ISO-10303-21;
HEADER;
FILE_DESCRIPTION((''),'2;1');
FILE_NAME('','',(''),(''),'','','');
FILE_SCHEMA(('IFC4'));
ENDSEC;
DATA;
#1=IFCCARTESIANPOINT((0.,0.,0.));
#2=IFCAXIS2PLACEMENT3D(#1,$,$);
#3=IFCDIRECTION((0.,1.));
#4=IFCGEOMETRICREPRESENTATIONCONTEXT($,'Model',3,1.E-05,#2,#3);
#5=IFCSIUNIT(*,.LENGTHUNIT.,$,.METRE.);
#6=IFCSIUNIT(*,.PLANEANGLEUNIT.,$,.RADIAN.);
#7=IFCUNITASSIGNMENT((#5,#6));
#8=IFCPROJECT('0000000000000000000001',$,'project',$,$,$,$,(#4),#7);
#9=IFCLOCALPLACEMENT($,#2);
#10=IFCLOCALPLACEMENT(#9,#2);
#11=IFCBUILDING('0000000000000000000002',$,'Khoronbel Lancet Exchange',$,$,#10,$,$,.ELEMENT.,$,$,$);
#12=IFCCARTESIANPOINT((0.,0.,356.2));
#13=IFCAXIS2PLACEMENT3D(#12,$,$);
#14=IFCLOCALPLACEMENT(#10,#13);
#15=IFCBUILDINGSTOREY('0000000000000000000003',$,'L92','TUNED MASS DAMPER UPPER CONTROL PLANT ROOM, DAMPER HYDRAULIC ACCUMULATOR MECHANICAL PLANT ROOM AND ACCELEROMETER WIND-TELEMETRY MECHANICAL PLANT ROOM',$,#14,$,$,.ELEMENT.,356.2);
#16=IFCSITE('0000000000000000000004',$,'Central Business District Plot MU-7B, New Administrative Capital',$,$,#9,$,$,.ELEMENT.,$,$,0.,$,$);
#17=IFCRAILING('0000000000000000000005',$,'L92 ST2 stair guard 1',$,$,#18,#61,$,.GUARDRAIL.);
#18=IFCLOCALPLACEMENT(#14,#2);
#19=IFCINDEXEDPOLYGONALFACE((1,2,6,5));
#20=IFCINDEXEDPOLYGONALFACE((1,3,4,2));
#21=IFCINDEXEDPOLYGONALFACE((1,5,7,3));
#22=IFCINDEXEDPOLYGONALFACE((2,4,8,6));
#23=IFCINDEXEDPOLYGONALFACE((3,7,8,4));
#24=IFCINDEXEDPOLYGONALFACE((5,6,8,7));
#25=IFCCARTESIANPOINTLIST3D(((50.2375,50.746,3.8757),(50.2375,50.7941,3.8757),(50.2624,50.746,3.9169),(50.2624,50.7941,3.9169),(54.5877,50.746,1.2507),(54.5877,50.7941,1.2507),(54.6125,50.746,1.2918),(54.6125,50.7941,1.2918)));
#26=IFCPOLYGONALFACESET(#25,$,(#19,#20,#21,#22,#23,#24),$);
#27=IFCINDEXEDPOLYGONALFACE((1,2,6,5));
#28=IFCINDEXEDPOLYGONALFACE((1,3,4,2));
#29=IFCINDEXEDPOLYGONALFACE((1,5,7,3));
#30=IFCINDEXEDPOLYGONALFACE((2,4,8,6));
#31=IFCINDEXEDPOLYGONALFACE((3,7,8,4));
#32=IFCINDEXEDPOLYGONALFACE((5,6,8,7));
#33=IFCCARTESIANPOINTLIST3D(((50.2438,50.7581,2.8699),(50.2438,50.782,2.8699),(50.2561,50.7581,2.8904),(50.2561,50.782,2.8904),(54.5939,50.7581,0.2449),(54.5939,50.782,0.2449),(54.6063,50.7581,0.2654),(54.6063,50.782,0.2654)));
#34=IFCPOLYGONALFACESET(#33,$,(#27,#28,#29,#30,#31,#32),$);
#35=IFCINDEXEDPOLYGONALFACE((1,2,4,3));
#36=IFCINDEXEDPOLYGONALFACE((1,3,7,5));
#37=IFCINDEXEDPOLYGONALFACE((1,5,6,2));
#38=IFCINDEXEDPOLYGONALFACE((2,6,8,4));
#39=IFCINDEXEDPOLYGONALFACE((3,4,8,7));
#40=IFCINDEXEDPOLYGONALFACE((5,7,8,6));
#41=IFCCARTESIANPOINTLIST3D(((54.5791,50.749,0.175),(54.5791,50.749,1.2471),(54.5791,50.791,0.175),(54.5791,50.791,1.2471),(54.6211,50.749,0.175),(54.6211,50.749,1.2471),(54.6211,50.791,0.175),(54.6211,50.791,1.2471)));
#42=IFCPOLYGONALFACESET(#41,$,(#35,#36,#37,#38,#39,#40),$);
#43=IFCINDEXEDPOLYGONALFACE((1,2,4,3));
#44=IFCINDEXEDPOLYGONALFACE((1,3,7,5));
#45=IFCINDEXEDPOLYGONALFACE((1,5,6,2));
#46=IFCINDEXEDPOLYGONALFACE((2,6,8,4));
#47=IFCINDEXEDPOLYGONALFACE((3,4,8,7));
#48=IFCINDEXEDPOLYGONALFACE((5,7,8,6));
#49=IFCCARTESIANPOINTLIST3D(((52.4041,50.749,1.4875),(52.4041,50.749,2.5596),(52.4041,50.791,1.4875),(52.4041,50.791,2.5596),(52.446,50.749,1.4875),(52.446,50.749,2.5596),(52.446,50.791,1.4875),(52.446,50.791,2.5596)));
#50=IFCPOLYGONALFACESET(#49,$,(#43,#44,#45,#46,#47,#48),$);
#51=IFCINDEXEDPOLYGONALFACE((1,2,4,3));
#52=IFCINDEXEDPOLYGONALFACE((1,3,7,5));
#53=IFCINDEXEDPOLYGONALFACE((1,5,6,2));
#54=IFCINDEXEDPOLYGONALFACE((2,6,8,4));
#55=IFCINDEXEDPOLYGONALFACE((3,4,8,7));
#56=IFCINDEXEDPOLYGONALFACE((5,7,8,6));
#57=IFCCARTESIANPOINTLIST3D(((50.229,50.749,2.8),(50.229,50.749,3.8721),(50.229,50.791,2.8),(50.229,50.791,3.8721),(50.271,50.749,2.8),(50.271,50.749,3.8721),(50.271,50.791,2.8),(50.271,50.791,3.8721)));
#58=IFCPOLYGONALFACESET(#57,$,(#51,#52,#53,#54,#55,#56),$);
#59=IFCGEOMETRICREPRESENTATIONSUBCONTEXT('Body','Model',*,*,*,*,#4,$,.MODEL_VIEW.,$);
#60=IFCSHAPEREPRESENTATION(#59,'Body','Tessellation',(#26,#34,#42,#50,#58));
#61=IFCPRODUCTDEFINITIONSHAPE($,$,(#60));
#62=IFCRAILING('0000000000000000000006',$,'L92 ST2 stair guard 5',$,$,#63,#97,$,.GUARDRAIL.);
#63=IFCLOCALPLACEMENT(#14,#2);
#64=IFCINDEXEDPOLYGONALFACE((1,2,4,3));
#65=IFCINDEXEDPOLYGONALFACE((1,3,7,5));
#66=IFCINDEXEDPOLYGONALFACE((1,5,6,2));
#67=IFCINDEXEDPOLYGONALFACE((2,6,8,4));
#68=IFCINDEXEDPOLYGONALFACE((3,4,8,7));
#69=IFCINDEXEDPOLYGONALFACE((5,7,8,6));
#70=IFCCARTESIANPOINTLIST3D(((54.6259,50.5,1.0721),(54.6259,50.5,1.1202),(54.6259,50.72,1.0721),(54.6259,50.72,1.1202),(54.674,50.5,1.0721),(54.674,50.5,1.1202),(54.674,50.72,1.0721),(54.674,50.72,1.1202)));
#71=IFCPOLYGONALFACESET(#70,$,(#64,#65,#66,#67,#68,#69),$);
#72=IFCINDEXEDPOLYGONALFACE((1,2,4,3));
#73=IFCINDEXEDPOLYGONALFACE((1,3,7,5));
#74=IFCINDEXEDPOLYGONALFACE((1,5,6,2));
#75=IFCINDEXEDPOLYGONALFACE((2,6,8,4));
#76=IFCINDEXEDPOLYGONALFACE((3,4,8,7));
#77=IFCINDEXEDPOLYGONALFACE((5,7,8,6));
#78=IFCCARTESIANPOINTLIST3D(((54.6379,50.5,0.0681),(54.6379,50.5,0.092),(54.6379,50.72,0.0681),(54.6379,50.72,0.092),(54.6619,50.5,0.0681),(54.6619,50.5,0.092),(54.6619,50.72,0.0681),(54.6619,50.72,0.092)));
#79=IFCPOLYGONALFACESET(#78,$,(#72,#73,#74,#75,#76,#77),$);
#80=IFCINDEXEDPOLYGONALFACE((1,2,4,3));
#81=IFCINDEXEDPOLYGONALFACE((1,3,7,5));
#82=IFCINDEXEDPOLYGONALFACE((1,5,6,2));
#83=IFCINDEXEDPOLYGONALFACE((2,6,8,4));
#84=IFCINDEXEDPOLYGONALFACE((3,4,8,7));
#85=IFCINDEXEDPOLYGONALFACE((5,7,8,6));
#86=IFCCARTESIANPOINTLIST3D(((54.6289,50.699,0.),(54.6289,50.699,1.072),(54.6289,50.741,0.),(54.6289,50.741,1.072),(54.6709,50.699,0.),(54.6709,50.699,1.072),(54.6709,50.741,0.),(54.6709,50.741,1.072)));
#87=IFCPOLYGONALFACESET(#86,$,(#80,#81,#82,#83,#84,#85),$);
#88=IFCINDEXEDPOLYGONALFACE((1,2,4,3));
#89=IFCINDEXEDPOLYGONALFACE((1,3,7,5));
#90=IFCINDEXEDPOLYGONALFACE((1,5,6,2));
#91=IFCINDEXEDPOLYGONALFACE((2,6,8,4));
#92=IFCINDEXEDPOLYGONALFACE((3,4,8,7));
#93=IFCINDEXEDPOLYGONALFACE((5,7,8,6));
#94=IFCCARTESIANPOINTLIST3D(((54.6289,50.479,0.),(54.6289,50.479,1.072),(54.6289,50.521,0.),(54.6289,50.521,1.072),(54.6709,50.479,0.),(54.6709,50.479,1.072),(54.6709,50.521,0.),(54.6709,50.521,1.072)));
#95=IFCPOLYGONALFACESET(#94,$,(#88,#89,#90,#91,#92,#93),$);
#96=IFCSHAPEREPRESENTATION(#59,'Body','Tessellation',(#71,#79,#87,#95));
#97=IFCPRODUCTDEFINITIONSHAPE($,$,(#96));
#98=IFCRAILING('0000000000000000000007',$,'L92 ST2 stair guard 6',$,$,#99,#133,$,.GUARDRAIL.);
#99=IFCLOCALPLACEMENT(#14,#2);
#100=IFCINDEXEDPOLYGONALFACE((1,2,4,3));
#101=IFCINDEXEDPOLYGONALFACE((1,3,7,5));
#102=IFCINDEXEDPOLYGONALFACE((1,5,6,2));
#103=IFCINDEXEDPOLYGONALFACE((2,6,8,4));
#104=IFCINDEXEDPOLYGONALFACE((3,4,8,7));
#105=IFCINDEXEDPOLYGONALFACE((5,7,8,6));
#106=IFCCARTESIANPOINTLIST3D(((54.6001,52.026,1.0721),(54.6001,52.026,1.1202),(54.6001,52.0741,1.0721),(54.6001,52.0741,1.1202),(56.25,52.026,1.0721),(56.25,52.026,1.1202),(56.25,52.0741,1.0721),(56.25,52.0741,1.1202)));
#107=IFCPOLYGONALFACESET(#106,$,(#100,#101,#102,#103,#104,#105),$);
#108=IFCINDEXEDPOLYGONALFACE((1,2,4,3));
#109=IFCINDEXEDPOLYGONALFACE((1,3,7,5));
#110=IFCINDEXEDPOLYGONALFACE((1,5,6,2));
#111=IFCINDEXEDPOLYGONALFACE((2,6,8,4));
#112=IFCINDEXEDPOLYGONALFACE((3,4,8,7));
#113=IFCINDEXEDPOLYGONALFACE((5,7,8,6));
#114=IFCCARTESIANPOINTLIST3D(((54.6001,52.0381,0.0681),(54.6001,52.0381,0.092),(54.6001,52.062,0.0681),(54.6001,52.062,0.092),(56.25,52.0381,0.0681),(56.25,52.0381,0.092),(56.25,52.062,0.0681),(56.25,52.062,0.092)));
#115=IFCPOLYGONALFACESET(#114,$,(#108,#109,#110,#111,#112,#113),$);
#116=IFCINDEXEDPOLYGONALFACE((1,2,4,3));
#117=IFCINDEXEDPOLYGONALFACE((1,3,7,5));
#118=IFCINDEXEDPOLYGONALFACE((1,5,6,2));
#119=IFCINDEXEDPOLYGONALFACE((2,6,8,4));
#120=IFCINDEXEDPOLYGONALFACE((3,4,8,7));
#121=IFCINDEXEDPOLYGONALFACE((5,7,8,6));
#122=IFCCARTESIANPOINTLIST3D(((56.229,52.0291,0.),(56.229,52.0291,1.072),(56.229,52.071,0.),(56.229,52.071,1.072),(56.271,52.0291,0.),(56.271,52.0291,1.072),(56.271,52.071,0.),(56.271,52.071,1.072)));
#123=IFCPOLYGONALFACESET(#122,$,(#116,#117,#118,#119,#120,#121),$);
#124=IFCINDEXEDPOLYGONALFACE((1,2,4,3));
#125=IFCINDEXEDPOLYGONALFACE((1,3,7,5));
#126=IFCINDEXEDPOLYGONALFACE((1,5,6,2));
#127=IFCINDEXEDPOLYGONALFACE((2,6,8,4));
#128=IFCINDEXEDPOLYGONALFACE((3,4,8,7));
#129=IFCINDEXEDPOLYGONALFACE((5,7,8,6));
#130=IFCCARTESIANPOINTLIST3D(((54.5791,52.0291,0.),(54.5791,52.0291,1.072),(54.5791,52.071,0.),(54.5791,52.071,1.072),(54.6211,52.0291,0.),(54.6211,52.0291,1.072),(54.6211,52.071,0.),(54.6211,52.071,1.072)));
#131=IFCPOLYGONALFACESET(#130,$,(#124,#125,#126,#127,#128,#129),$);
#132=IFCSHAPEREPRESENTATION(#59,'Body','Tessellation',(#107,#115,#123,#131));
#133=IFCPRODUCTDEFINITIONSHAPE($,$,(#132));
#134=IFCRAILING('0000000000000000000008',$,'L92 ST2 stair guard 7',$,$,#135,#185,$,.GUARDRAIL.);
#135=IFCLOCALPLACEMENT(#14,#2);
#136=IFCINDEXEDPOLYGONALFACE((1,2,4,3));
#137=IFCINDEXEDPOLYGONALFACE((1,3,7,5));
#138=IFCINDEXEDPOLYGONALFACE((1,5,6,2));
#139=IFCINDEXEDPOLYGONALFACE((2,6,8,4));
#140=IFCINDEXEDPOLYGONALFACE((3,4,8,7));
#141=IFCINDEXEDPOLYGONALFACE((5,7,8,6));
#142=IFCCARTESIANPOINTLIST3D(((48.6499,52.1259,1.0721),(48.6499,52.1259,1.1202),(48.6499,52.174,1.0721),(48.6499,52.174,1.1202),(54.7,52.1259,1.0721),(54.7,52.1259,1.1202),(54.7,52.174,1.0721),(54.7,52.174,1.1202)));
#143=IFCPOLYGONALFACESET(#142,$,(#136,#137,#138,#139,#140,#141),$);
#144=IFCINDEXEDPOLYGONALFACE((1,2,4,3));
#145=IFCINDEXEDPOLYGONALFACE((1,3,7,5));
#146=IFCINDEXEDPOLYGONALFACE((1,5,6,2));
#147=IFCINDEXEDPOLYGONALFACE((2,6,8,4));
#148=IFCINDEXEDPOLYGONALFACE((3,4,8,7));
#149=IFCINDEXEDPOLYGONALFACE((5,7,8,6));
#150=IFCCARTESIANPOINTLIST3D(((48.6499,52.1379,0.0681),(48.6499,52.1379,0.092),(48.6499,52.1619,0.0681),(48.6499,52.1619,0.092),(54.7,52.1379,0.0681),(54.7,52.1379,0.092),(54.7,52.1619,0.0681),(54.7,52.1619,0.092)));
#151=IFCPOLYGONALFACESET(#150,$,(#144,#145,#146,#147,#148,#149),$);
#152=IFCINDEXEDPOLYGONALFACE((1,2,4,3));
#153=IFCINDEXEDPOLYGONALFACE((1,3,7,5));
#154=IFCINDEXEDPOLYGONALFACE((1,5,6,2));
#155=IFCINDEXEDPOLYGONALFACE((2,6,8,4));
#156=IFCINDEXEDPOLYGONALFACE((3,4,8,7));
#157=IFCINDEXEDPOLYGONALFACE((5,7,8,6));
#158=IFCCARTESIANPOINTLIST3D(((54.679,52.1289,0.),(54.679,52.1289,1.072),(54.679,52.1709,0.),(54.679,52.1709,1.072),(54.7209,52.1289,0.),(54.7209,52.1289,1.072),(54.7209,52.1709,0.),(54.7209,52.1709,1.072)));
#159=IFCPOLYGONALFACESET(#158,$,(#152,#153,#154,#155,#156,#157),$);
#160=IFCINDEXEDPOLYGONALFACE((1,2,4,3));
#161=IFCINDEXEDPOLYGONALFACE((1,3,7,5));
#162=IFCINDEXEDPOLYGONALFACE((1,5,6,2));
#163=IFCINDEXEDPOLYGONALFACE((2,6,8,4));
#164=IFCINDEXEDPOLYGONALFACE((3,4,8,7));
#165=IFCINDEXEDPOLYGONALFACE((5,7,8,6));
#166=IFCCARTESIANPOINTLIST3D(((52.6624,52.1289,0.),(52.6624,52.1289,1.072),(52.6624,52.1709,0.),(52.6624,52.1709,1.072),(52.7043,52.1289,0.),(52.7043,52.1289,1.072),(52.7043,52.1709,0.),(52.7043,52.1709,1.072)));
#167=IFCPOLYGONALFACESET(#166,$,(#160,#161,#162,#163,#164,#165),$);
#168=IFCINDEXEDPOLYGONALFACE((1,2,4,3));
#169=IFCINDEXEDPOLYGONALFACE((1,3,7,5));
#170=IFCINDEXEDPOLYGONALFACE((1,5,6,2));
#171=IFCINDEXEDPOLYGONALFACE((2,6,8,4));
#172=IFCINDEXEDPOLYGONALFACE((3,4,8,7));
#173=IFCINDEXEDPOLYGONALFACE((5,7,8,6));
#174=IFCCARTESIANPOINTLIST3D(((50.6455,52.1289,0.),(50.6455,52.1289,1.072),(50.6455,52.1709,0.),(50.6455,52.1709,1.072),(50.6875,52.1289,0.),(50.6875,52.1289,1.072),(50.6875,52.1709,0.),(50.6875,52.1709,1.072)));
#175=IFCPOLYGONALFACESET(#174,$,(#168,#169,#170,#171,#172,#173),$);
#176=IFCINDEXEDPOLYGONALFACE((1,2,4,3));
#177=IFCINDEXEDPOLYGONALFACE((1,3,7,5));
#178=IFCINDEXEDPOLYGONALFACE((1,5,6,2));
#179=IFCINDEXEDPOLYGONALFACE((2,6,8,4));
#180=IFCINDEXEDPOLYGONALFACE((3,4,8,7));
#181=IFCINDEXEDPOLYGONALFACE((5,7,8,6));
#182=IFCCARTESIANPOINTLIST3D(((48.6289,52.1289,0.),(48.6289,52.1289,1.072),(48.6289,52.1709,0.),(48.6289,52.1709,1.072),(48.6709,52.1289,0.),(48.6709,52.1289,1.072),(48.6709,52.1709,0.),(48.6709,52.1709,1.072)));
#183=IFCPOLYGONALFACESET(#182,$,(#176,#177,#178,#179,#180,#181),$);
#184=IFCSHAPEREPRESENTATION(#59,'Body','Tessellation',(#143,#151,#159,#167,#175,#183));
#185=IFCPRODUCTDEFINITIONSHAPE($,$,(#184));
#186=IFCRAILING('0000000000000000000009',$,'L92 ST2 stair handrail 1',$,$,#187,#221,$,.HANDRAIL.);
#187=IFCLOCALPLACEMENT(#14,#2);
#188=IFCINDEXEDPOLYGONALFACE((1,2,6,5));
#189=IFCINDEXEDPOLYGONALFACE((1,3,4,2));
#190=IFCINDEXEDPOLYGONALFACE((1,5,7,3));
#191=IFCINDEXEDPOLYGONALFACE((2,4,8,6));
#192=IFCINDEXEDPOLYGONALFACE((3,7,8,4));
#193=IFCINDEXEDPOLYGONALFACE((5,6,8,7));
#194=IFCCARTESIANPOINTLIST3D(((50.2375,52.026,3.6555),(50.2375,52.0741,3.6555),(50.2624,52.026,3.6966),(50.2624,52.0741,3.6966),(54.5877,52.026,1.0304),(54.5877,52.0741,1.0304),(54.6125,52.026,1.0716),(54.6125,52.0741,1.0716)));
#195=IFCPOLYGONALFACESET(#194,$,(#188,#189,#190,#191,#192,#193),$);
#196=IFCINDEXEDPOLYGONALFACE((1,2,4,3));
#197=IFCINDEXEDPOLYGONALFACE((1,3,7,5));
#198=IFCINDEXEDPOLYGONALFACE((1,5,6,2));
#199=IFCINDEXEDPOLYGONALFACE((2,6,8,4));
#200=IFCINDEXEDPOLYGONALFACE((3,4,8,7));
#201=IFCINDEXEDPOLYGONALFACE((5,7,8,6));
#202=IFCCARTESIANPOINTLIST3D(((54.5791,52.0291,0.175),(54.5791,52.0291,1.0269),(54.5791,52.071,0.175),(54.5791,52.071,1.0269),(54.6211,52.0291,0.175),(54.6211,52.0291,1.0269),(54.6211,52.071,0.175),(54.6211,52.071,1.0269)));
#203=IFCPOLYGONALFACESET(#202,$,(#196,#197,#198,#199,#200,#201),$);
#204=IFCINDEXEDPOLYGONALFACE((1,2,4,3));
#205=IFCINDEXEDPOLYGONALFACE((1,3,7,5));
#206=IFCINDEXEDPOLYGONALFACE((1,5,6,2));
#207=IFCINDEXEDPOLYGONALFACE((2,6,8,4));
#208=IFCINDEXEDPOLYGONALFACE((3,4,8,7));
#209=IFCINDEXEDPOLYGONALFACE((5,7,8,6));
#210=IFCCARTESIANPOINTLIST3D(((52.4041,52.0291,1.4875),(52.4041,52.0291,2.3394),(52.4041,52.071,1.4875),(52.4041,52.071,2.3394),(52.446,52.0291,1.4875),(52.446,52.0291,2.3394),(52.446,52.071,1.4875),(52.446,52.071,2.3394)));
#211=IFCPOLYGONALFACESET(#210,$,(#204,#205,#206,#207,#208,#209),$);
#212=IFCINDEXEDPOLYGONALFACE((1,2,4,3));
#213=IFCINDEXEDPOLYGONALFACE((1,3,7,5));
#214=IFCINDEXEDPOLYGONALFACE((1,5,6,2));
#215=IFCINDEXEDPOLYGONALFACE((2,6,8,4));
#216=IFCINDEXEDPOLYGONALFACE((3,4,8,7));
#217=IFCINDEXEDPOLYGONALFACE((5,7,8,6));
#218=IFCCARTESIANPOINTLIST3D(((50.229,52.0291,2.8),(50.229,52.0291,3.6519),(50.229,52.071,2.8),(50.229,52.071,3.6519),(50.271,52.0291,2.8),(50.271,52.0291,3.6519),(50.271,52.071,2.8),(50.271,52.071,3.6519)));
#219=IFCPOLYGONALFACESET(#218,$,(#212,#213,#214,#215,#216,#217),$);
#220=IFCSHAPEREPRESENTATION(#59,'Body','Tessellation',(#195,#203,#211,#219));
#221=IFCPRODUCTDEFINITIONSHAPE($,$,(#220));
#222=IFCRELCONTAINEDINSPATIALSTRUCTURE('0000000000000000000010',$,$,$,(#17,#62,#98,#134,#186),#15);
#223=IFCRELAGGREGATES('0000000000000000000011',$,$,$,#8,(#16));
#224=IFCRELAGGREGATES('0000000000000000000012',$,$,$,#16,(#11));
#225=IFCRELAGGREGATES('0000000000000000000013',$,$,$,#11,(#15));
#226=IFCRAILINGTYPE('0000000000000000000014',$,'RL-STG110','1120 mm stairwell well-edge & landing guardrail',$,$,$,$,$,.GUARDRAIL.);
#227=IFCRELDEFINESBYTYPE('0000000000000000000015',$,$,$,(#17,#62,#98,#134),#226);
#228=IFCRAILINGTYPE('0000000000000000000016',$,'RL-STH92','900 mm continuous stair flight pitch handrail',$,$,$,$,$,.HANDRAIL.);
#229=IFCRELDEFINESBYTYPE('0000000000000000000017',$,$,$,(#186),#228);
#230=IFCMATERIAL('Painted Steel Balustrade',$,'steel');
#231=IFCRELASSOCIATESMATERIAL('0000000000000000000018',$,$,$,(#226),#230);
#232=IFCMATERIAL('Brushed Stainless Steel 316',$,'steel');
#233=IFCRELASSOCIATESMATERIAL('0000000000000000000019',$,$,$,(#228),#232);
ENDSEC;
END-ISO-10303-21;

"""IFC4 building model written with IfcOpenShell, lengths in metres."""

from ifc_helpers import new_model, si_unit, direction, frame, origin, origin_2d, place, context, subcontext, project, spatial, rectangle, extrude, material, type_object, element, save


model = new_model("IFC4")

# Units and contexts
model_context = context("Model", 3, precision=1e-05, world=origin(), true_north=direction((0.0, 1.0)))
body_context = subcontext(model_context, "Body", "Model", "MODEL_VIEW")
ifc_project = project(units=[si_unit("LENGTHUNIT", "METRE"), si_unit("PLANEANGLEUNIT", "RADIAN")], contexts=[model_context])

# Site, building, storey
site_placement = place(None, origin())
site = spatial("IfcSite", under=ifc_project, at=site_placement, Name="Central Business District Plot MU-7B, New Administrative Capital", CompositionType="ELEMENT", RefElevation=0.0)
building_placement = place(site_placement, origin())
building = spatial("IfcBuilding", under=site, at=building_placement, Name="Khoronbel Lancet Exchange", CompositionType="ELEMENT")
storey_placement = place(building_placement, frame((0.0, 0.0, 356.2)))
storey = spatial("IfcBuildingStorey", under=building, at=storey_placement, Name="L92", Description="TUNED MASS DAMPER UPPER CONTROL PLANT ROOM, DAMPER HYDRAULIC ACCUMULATOR MECHANICAL PLANT ROOM AND ACCELEROMETER WIND-TELEMETRY MECHANICAL PLANT ROOM", CompositionType="ELEMENT", Elevation=356.2)

# Railings
ifc_material_1 = material(Name="Painted Steel Balustrade", Category="steel")
railing_type_1 = type_object("IfcRailingType", Name="RL-STG110", Description="1120 mm stairwell well-edge & landing guardrail", PredefinedType="GUARDRAIL", material=ifc_material_1)
railing_1_placement = place(storey_placement, frame((54.6001, 50.77, 0.175)))
element("IfcRailing", 1, at=railing_1_placement, inside=storey, type_object=railing_type_1, Name="L92 ST2 stair guard 1", PredefinedType="GUARDRAIL", context=body_context, shape_type="SweptSolid", body=[
    extrude(rectangle(XDim=0.0481, YDim=0.0481, at=origin_2d()), frame((0.0, 0.0, 1.0962), z_axis=(-0.856193, 0.0, 0.516656), x_axis=(0.0, -1.0, 0.0)), (0.0, 0.0, 1.0), 5.0808),
    extrude(rectangle(XDim=0.0239, YDim=0.0239, at=origin_2d()), frame((0.0, 0.0, 0.0801), z_axis=(-0.856193, 0.0, 0.516656), x_axis=(0.0, -1.0, 0.0)), (0.0, 0.0, 1.0), 5.0808),
    extrude(rectangle(XDim=0.042, YDim=0.042, at=origin_2d()), origin(), (0.0, 0.0, 1.0), 1.072),
    extrude(rectangle(XDim=0.042, YDim=0.042, at=origin_2d()), frame((-2.175, 0.0, 1.3125)), (0.0, 0.0, 1.0), 1.072),
    extrude(rectangle(XDim=0.042, YDim=0.042, at=origin_2d()), frame((-4.3501, 0.0, 2.625)), (0.0, 0.0, 1.0), 1.072),
])
railing_2_placement = place(storey_placement, frame((54.6499, 50.72, 0.0)))
element("IfcRailing", 2, at=railing_2_placement, inside=storey, type_object=railing_type_1, Name="L92 ST2 stair guard 5", PredefinedType="GUARDRAIL", context=body_context, shape_type="SweptSolid", body=[
    extrude(rectangle(XDim=0.0481, YDim=0.0481, at=origin_2d()), frame((0.0, 0.0, 1.0962), z_axis=(0.0, -1.0, 0.0), x_axis=(1.0, 0.0, 0.0)), (0.0, 0.0, 1.0), 0.22),
    extrude(rectangle(XDim=0.0239, YDim=0.0239, at=origin_2d()), frame((0.0, 0.0, 0.0801), z_axis=(0.0, -1.0, 0.0), x_axis=(1.0, 0.0, 0.0)), (0.0, 0.0, 1.0), 0.22),
    extrude(rectangle(XDim=0.042, YDim=0.042, at=origin_2d()), origin(), (0.0, 0.0, 1.0), 1.072),
    extrude(rectangle(XDim=0.042, YDim=0.042, at=origin_2d()), frame((0.0, -0.22, 0.0)), (0.0, 0.0, 1.0), 1.072),
])
railing_3_placement = place(storey_placement, frame((56.25, 52.05, 0.0)))
element("IfcRailing", 3, at=railing_3_placement, inside=storey, type_object=railing_type_1, Name="L92 ST2 stair guard 6", PredefinedType="GUARDRAIL", context=body_context, shape_type="SweptSolid", body=[
    extrude(rectangle(XDim=0.0481, YDim=0.0481, at=origin_2d()), frame((0.0, 0.0, 1.0962), z_axis=(-1.0, 0.0, 0.0), x_axis=(0.0, -1.0, 0.0)), (0.0, 0.0, 1.0), 1.6499),
    extrude(rectangle(XDim=0.0239, YDim=0.0239, at=origin_2d()), frame((0.0, 0.0, 0.0801), z_axis=(-1.0, 0.0, 0.0), x_axis=(0.0, -1.0, 0.0)), (0.0, 0.0, 1.0), 1.6499),
    extrude(rectangle(XDim=0.042, YDim=0.042, at=origin_2d()), origin(), (0.0, 0.0, 1.0), 1.072),
    extrude(rectangle(XDim=0.042, YDim=0.042, at=origin_2d()), frame((-1.6499, 0.0, 0.0)), (0.0, 0.0, 1.0), 1.072),
])
railing_4_placement = place(storey_placement, frame((54.7, 52.1499, 0.0)))
element("IfcRailing", 4, at=railing_4_placement, inside=storey, type_object=railing_type_1, Name="L92 ST2 stair guard 7", PredefinedType="GUARDRAIL", context=body_context, shape_type="SweptSolid", body=[
    extrude(rectangle(XDim=0.0481, YDim=0.0481, at=origin_2d()), frame((0.0, 0.0, 1.0962), z_axis=(-1.0, 0.0, 0.0), x_axis=(0.0, -1.0, 0.0)), (0.0, 0.0, 1.0), 6.05),
    extrude(rectangle(XDim=0.0239, YDim=0.0239, at=origin_2d()), frame((0.0, 0.0, 0.0801), z_axis=(-1.0, 0.0, 0.0), x_axis=(0.0, -1.0, 0.0)), (0.0, 0.0, 1.0), 6.05),
    extrude(rectangle(XDim=0.042, YDim=0.042, at=origin_2d()), origin(), (0.0, 0.0, 1.0), 1.072),
    extrude(rectangle(XDim=0.042, YDim=0.042, at=origin_2d()), frame((-2.0166, 0.0, 0.0)), (0.0, 0.0, 1.0), 1.072),
    extrude(rectangle(XDim=0.042, YDim=0.042, at=origin_2d()), frame((-4.0334, 0.0, 0.0)), (0.0, 0.0, 1.0), 1.072),
    extrude(rectangle(XDim=0.042, YDim=0.042, at=origin_2d()), frame((-6.05, 0.0, 0.0)), (0.0, 0.0, 1.0), 1.072),
])
ifc_material_2 = material(Name="Brushed Stainless Steel 316", Category="steel")
railing_type_2 = type_object("IfcRailingType", Name="RL-STH92", Description="900 mm continuous stair flight pitch handrail", PredefinedType="HANDRAIL", material=ifc_material_2)
railing_5_placement = place(storey_placement, frame((54.6001, 52.05, 0.175)))
element("IfcRailing", 5, at=railing_5_placement, inside=storey, type_object=railing_type_2, Name="L92 ST2 stair handrail 1", PredefinedType="HANDRAIL", context=body_context, shape_type="SweptSolid", body=[
    extrude(rectangle(XDim=0.0481, YDim=0.0481, at=origin_2d()), frame((0.0, 0.0, 0.876), z_axis=(-0.856193, 0.0, 0.516656), x_axis=(0.0, -1.0, 0.0)), (0.0, 0.0, 1.0), 5.0808),
    extrude(rectangle(XDim=0.042, YDim=0.042, at=origin_2d()), origin(), (0.0, 0.0, 1.0), 0.8518),
    extrude(rectangle(XDim=0.042, YDim=0.042, at=origin_2d()), frame((-2.175, 0.0, 1.3125)), (0.0, 0.0, 1.0), 0.8518),
    extrude(rectangle(XDim=0.042, YDim=0.042, at=origin_2d()), frame((-4.3501, 0.0, 2.625)), (0.0, 0.0, 1.0), 0.8518),
])

save(model, "model.ifc")
